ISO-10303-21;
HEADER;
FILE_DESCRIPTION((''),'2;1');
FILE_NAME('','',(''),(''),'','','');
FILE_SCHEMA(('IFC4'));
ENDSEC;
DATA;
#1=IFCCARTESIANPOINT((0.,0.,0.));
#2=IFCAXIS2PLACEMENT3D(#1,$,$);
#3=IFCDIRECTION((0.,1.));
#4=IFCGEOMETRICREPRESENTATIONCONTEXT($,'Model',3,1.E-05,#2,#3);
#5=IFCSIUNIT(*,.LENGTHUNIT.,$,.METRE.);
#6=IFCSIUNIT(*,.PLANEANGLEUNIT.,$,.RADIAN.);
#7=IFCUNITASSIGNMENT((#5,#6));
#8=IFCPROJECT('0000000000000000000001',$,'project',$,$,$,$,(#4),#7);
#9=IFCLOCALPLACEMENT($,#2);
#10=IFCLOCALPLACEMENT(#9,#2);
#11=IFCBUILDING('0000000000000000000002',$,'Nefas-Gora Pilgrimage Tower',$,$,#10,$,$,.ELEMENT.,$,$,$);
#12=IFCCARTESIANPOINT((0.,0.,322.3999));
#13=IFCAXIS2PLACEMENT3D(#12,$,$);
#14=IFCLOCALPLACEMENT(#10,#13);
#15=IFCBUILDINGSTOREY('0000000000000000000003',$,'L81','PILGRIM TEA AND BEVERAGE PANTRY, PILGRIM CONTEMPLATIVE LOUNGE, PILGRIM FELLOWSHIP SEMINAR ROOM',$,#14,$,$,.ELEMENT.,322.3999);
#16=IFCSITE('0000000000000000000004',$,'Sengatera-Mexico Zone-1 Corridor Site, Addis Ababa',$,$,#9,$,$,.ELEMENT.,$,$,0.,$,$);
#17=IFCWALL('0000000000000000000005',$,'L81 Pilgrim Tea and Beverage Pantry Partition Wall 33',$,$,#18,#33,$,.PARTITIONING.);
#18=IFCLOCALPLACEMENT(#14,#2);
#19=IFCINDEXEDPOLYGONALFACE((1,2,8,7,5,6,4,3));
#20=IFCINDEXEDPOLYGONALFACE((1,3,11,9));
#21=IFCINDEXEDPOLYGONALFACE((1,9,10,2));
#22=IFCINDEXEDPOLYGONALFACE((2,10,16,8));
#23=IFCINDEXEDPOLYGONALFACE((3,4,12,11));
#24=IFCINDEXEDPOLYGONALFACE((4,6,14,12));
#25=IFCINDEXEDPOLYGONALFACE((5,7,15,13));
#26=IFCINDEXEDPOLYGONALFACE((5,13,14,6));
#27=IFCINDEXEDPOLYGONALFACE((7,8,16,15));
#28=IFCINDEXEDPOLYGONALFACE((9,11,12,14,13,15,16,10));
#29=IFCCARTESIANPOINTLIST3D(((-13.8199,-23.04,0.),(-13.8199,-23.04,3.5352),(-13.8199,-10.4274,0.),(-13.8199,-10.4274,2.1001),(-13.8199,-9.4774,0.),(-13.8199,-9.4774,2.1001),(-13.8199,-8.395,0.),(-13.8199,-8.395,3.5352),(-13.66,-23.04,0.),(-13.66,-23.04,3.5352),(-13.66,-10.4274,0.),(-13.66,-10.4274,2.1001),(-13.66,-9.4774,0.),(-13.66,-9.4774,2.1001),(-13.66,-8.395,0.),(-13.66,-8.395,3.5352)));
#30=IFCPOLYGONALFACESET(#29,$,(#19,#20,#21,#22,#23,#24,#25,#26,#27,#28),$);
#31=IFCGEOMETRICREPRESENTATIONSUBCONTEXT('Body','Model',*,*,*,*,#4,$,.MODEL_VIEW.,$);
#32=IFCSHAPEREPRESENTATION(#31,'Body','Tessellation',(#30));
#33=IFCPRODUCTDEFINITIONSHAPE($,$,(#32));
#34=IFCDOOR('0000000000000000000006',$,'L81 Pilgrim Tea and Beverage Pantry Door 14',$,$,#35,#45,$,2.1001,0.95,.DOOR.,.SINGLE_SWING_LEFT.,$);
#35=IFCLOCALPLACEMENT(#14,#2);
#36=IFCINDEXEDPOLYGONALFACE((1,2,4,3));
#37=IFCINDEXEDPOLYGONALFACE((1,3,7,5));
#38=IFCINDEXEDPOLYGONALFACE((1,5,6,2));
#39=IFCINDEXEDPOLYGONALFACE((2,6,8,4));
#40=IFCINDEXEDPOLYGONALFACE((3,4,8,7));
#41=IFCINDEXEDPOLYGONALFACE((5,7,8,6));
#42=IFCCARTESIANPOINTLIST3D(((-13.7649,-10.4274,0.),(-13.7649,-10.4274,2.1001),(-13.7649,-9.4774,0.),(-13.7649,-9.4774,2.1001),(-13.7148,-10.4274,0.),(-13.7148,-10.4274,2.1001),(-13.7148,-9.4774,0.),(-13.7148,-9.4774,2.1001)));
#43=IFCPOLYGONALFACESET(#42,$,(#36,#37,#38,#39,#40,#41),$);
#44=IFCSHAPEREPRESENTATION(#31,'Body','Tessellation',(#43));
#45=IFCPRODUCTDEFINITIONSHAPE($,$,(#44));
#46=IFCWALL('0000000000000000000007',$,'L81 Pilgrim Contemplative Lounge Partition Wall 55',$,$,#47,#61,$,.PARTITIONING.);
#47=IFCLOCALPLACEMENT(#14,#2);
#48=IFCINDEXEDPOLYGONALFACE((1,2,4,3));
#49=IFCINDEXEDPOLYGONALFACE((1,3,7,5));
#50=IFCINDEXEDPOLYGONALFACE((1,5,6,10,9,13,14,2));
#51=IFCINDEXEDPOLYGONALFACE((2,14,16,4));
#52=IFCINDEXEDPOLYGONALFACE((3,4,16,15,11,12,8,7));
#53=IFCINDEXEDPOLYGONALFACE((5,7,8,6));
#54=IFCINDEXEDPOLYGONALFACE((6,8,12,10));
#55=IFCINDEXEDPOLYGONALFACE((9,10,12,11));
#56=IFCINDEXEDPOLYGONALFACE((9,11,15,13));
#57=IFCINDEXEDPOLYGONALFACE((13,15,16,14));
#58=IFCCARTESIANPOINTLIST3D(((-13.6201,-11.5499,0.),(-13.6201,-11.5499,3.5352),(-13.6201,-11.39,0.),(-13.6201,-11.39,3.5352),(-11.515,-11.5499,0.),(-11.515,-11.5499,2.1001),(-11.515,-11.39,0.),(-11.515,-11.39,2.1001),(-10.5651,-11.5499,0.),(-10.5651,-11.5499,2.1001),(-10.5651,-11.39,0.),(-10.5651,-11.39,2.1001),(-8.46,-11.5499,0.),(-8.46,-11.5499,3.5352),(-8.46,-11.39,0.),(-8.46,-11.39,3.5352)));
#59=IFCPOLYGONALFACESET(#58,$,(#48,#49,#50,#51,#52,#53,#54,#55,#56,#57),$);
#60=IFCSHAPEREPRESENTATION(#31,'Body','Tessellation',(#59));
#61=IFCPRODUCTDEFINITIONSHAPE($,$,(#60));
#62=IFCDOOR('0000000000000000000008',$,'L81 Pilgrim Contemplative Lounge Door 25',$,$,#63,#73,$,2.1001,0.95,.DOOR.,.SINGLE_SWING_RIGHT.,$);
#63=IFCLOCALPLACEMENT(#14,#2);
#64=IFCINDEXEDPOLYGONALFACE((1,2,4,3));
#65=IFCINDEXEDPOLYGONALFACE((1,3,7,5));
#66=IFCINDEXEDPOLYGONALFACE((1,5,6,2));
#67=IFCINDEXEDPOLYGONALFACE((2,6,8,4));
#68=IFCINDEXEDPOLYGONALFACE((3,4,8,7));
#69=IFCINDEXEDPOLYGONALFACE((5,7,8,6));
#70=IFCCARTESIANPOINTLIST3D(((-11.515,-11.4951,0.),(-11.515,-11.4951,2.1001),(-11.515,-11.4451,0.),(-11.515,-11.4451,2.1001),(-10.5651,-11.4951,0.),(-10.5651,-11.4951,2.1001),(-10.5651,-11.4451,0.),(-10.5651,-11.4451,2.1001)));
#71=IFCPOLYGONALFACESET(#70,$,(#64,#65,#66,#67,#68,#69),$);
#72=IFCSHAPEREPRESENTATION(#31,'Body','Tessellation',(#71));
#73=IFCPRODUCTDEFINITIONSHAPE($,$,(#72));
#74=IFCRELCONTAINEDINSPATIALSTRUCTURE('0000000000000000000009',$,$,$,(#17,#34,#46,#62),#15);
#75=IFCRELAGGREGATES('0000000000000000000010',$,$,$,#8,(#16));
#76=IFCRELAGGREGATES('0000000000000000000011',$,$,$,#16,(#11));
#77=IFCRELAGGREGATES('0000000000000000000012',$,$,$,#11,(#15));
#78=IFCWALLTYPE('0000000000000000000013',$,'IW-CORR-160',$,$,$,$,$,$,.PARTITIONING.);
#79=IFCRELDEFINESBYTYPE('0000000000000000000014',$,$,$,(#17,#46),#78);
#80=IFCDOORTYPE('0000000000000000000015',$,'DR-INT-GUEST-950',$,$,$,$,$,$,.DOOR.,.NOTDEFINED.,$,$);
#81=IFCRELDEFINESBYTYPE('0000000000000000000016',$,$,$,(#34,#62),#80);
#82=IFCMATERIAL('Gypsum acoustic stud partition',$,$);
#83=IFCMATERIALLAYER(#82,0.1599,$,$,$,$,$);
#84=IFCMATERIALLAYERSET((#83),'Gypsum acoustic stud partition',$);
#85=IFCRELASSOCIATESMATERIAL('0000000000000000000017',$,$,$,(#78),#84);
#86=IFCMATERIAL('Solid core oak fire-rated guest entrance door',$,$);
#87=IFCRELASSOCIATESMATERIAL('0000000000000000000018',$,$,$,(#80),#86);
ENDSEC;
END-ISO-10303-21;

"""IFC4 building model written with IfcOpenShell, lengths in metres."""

from ifc_helpers import new_model, si_unit, direction, frame, frame_2d, origin, place, context, subcontext, project, spatial, rectangle, extrude, source, transform, mapped, material, layer, layer_set, type_object, element, fill, save


model = new_model("IFC4")

# Units and contexts
model_context = context("Model", 3, precision=1e-05, world=origin(), true_north=direction((0.0, 1.0)))
body_context = subcontext(model_context, "Body", "Model", "MODEL_VIEW")
ifc_project = project(units=[si_unit("LENGTHUNIT", "METRE"), si_unit("PLANEANGLEUNIT", "RADIAN")], contexts=[model_context])

# Site, building, storey
site_placement = place(None, origin())
site = spatial("IfcSite", under=ifc_project, at=site_placement, Name="Sengatera-Mexico Zone-1 Corridor Site, Addis Ababa", CompositionType="ELEMENT", RefElevation=0.0)
building_placement = place(site_placement, origin())
building = spatial("IfcBuilding", under=site, at=building_placement, Name="Nefas-Gora Pilgrimage Tower", CompositionType="ELEMENT")
storey_placement = place(building_placement, frame((0.0, 0.0, 322.3999)))
storey = spatial("IfcBuildingStorey", under=building, at=storey_placement, Name="L81", Description="PILGRIM TEA AND BEVERAGE PANTRY, PILGRIM CONTEMPLATIVE LOUNGE, PILGRIM FELLOWSHIP SEMINAR ROOM", CompositionType="ELEMENT", Elevation=322.3999)

# Walls, openings, doors
ifc_material_1 = material(Name="Gypsum acoustic stud partition")
ifc_layer_1 = layer(ifc_material_1, 0.1599)
ifc_layer_set_1 = layer_set([ifc_layer_1], Name="Gypsum acoustic stud partition")
wall_type_1 = type_object("IfcWallType", Name="IW-CORR-160", PredefinedType="PARTITIONING", material=ifc_layer_set_1)
shared_shape_1 = source(origin(), body_context, "Body", "SweptSolid", [
    extrude(rectangle(XDim=14.645, YDim=0.1599, at=frame_2d((7.3225, 0.0))), origin(), (0.0, 0.0, 1.0), 3.5352),
])
wall_1_placement = place(storey_placement, frame((-13.74, -23.04, 0.0), z_axis=(0.0, 0.0, 1.0), x_axis=(0.0, 1.0, 0.0)))
wall_1 = element("IfcWall", 1, at=wall_1_placement, inside=storey, type_object=wall_type_1, Name="L81 Pilgrim Tea and Beverage Pantry Partition Wall 33", PredefinedType="PARTITIONING", context=body_context, shape_type="MappedRepresentation", body=[
    mapped(shared_shape_1, transform((0.0, 0.0, 0.0), x_axis=(1.0, 0.0, 0.0), y_axis=(0.0, 1.0, 0.0), z_axis=(0.0, 0.0, 1.0), scale=1.0)),
])
opening_1_placement = place(wall_1_placement, frame((12.6125, 0.0, 0.0)))
opening_1 = element("IfcOpeningElement", 2, at=opening_1_placement, cuts=wall_1, PredefinedType="OPENING", context=body_context, shape_type="SweptSolid", body=[
    extrude(rectangle(XDim=0.95, YDim=2.1001, at=frame_2d((0.4751, 1.05))), frame((0.0, 0.0898, 0.0), z_axis=(0.0, -1.0, 0.0), x_axis=(1.0, 0.0, 0.0)), (0.0, 0.0, 1.0), 0.1799),
])
ifc_material_2 = material(Name="Solid core oak fire-rated guest entrance door")
door_type = type_object("IfcDoorType", Name="DR-INT-GUEST-950", OperationType="NOTDEFINED", PredefinedType="DOOR", material=ifc_material_2)
shared_shape_2 = source(origin(), body_context, "Body", "SweptSolid", [
    extrude(rectangle(XDim=0.95, YDim=2.1001, at=frame_2d((0.4751, 1.05))), frame((0.0, 0.0249, 0.0), z_axis=(0.0, -1.0, 0.0), x_axis=(1.0, 0.0, 0.0)), (0.0, 0.0, 1.0), 0.05),
])
door_1_placement = place(opening_1_placement, origin())
door_1 = element("IfcDoor", 3, at=door_1_placement, inside=storey, type_object=door_type, Name="L81 Pilgrim Tea and Beverage Pantry Door 14", OperationType="SINGLE_SWING_LEFT", OverallHeight=2.1001, OverallWidth=0.95, PredefinedType="DOOR", context=body_context, shape_type="MappedRepresentation", body=[
    mapped(shared_shape_2, transform((0.0, 0.0, 0.0), x_axis=(1.0, 0.0, 0.0), y_axis=(0.0, 1.0, 0.0), z_axis=(0.0, 0.0, 1.0), scale=1.0)),
])
fill(opening_1, door_1)
shared_shape_3 = source(origin(), body_context, "Body", "SweptSolid", [
    extrude(rectangle(XDim=5.1602, YDim=0.1599, at=frame_2d((2.5801, 0.0))), origin(), (0.0, 0.0, 1.0), 3.5352),
])
wall_2_placement = place(storey_placement, frame((-13.6201, -11.47, 0.0), z_axis=(0.0, 0.0, 1.0), x_axis=(1.0, 0.0, 0.0)))
wall_2 = element("IfcWall", 4, at=wall_2_placement, inside=storey, type_object=wall_type_1, Name="L81 Pilgrim Contemplative Lounge Partition Wall 55", PredefinedType="PARTITIONING", context=body_context, shape_type="MappedRepresentation", body=[
    mapped(shared_shape_3, transform((0.0, 0.0, 0.0), x_axis=(1.0, 0.0, 0.0), y_axis=(0.0, 1.0, 0.0), z_axis=(0.0, 0.0, 1.0), scale=1.0)),
])
opening_2_placement = place(wall_2_placement, frame((2.105, 0.0, 0.0)))
opening_2 = element("IfcOpeningElement", 5, at=opening_2_placement, cuts=wall_2, PredefinedType="OPENING", context=body_context, shape_type="SweptSolid", body=[
    extrude(rectangle(XDim=0.95, YDim=2.1001, at=frame_2d((0.4751, 1.05))), frame((0.0, 0.0898, 0.0), z_axis=(0.0, -1.0, 0.0), x_axis=(1.0, 0.0, 0.0)), (0.0, 0.0, 1.0), 0.1799),
])
door_2_placement = place(opening_2_placement, origin())
door_2 = element("IfcDoor", 6, at=door_2_placement, inside=storey, type_object=door_type, Name="L81 Pilgrim Contemplative Lounge Door 25", OperationType="SINGLE_SWING_RIGHT", OverallHeight=2.1001, OverallWidth=0.95, PredefinedType="DOOR", context=body_context, shape_type="MappedRepresentation", body=[
    mapped(shared_shape_2, transform((0.0, 0.0, 0.0), x_axis=(1.0, 0.0, 0.0), y_axis=(0.0, 1.0, 0.0), z_axis=(0.0, 0.0, 1.0), scale=1.0)),
])
fill(opening_2, door_2)

save(model, "model.ifc")
